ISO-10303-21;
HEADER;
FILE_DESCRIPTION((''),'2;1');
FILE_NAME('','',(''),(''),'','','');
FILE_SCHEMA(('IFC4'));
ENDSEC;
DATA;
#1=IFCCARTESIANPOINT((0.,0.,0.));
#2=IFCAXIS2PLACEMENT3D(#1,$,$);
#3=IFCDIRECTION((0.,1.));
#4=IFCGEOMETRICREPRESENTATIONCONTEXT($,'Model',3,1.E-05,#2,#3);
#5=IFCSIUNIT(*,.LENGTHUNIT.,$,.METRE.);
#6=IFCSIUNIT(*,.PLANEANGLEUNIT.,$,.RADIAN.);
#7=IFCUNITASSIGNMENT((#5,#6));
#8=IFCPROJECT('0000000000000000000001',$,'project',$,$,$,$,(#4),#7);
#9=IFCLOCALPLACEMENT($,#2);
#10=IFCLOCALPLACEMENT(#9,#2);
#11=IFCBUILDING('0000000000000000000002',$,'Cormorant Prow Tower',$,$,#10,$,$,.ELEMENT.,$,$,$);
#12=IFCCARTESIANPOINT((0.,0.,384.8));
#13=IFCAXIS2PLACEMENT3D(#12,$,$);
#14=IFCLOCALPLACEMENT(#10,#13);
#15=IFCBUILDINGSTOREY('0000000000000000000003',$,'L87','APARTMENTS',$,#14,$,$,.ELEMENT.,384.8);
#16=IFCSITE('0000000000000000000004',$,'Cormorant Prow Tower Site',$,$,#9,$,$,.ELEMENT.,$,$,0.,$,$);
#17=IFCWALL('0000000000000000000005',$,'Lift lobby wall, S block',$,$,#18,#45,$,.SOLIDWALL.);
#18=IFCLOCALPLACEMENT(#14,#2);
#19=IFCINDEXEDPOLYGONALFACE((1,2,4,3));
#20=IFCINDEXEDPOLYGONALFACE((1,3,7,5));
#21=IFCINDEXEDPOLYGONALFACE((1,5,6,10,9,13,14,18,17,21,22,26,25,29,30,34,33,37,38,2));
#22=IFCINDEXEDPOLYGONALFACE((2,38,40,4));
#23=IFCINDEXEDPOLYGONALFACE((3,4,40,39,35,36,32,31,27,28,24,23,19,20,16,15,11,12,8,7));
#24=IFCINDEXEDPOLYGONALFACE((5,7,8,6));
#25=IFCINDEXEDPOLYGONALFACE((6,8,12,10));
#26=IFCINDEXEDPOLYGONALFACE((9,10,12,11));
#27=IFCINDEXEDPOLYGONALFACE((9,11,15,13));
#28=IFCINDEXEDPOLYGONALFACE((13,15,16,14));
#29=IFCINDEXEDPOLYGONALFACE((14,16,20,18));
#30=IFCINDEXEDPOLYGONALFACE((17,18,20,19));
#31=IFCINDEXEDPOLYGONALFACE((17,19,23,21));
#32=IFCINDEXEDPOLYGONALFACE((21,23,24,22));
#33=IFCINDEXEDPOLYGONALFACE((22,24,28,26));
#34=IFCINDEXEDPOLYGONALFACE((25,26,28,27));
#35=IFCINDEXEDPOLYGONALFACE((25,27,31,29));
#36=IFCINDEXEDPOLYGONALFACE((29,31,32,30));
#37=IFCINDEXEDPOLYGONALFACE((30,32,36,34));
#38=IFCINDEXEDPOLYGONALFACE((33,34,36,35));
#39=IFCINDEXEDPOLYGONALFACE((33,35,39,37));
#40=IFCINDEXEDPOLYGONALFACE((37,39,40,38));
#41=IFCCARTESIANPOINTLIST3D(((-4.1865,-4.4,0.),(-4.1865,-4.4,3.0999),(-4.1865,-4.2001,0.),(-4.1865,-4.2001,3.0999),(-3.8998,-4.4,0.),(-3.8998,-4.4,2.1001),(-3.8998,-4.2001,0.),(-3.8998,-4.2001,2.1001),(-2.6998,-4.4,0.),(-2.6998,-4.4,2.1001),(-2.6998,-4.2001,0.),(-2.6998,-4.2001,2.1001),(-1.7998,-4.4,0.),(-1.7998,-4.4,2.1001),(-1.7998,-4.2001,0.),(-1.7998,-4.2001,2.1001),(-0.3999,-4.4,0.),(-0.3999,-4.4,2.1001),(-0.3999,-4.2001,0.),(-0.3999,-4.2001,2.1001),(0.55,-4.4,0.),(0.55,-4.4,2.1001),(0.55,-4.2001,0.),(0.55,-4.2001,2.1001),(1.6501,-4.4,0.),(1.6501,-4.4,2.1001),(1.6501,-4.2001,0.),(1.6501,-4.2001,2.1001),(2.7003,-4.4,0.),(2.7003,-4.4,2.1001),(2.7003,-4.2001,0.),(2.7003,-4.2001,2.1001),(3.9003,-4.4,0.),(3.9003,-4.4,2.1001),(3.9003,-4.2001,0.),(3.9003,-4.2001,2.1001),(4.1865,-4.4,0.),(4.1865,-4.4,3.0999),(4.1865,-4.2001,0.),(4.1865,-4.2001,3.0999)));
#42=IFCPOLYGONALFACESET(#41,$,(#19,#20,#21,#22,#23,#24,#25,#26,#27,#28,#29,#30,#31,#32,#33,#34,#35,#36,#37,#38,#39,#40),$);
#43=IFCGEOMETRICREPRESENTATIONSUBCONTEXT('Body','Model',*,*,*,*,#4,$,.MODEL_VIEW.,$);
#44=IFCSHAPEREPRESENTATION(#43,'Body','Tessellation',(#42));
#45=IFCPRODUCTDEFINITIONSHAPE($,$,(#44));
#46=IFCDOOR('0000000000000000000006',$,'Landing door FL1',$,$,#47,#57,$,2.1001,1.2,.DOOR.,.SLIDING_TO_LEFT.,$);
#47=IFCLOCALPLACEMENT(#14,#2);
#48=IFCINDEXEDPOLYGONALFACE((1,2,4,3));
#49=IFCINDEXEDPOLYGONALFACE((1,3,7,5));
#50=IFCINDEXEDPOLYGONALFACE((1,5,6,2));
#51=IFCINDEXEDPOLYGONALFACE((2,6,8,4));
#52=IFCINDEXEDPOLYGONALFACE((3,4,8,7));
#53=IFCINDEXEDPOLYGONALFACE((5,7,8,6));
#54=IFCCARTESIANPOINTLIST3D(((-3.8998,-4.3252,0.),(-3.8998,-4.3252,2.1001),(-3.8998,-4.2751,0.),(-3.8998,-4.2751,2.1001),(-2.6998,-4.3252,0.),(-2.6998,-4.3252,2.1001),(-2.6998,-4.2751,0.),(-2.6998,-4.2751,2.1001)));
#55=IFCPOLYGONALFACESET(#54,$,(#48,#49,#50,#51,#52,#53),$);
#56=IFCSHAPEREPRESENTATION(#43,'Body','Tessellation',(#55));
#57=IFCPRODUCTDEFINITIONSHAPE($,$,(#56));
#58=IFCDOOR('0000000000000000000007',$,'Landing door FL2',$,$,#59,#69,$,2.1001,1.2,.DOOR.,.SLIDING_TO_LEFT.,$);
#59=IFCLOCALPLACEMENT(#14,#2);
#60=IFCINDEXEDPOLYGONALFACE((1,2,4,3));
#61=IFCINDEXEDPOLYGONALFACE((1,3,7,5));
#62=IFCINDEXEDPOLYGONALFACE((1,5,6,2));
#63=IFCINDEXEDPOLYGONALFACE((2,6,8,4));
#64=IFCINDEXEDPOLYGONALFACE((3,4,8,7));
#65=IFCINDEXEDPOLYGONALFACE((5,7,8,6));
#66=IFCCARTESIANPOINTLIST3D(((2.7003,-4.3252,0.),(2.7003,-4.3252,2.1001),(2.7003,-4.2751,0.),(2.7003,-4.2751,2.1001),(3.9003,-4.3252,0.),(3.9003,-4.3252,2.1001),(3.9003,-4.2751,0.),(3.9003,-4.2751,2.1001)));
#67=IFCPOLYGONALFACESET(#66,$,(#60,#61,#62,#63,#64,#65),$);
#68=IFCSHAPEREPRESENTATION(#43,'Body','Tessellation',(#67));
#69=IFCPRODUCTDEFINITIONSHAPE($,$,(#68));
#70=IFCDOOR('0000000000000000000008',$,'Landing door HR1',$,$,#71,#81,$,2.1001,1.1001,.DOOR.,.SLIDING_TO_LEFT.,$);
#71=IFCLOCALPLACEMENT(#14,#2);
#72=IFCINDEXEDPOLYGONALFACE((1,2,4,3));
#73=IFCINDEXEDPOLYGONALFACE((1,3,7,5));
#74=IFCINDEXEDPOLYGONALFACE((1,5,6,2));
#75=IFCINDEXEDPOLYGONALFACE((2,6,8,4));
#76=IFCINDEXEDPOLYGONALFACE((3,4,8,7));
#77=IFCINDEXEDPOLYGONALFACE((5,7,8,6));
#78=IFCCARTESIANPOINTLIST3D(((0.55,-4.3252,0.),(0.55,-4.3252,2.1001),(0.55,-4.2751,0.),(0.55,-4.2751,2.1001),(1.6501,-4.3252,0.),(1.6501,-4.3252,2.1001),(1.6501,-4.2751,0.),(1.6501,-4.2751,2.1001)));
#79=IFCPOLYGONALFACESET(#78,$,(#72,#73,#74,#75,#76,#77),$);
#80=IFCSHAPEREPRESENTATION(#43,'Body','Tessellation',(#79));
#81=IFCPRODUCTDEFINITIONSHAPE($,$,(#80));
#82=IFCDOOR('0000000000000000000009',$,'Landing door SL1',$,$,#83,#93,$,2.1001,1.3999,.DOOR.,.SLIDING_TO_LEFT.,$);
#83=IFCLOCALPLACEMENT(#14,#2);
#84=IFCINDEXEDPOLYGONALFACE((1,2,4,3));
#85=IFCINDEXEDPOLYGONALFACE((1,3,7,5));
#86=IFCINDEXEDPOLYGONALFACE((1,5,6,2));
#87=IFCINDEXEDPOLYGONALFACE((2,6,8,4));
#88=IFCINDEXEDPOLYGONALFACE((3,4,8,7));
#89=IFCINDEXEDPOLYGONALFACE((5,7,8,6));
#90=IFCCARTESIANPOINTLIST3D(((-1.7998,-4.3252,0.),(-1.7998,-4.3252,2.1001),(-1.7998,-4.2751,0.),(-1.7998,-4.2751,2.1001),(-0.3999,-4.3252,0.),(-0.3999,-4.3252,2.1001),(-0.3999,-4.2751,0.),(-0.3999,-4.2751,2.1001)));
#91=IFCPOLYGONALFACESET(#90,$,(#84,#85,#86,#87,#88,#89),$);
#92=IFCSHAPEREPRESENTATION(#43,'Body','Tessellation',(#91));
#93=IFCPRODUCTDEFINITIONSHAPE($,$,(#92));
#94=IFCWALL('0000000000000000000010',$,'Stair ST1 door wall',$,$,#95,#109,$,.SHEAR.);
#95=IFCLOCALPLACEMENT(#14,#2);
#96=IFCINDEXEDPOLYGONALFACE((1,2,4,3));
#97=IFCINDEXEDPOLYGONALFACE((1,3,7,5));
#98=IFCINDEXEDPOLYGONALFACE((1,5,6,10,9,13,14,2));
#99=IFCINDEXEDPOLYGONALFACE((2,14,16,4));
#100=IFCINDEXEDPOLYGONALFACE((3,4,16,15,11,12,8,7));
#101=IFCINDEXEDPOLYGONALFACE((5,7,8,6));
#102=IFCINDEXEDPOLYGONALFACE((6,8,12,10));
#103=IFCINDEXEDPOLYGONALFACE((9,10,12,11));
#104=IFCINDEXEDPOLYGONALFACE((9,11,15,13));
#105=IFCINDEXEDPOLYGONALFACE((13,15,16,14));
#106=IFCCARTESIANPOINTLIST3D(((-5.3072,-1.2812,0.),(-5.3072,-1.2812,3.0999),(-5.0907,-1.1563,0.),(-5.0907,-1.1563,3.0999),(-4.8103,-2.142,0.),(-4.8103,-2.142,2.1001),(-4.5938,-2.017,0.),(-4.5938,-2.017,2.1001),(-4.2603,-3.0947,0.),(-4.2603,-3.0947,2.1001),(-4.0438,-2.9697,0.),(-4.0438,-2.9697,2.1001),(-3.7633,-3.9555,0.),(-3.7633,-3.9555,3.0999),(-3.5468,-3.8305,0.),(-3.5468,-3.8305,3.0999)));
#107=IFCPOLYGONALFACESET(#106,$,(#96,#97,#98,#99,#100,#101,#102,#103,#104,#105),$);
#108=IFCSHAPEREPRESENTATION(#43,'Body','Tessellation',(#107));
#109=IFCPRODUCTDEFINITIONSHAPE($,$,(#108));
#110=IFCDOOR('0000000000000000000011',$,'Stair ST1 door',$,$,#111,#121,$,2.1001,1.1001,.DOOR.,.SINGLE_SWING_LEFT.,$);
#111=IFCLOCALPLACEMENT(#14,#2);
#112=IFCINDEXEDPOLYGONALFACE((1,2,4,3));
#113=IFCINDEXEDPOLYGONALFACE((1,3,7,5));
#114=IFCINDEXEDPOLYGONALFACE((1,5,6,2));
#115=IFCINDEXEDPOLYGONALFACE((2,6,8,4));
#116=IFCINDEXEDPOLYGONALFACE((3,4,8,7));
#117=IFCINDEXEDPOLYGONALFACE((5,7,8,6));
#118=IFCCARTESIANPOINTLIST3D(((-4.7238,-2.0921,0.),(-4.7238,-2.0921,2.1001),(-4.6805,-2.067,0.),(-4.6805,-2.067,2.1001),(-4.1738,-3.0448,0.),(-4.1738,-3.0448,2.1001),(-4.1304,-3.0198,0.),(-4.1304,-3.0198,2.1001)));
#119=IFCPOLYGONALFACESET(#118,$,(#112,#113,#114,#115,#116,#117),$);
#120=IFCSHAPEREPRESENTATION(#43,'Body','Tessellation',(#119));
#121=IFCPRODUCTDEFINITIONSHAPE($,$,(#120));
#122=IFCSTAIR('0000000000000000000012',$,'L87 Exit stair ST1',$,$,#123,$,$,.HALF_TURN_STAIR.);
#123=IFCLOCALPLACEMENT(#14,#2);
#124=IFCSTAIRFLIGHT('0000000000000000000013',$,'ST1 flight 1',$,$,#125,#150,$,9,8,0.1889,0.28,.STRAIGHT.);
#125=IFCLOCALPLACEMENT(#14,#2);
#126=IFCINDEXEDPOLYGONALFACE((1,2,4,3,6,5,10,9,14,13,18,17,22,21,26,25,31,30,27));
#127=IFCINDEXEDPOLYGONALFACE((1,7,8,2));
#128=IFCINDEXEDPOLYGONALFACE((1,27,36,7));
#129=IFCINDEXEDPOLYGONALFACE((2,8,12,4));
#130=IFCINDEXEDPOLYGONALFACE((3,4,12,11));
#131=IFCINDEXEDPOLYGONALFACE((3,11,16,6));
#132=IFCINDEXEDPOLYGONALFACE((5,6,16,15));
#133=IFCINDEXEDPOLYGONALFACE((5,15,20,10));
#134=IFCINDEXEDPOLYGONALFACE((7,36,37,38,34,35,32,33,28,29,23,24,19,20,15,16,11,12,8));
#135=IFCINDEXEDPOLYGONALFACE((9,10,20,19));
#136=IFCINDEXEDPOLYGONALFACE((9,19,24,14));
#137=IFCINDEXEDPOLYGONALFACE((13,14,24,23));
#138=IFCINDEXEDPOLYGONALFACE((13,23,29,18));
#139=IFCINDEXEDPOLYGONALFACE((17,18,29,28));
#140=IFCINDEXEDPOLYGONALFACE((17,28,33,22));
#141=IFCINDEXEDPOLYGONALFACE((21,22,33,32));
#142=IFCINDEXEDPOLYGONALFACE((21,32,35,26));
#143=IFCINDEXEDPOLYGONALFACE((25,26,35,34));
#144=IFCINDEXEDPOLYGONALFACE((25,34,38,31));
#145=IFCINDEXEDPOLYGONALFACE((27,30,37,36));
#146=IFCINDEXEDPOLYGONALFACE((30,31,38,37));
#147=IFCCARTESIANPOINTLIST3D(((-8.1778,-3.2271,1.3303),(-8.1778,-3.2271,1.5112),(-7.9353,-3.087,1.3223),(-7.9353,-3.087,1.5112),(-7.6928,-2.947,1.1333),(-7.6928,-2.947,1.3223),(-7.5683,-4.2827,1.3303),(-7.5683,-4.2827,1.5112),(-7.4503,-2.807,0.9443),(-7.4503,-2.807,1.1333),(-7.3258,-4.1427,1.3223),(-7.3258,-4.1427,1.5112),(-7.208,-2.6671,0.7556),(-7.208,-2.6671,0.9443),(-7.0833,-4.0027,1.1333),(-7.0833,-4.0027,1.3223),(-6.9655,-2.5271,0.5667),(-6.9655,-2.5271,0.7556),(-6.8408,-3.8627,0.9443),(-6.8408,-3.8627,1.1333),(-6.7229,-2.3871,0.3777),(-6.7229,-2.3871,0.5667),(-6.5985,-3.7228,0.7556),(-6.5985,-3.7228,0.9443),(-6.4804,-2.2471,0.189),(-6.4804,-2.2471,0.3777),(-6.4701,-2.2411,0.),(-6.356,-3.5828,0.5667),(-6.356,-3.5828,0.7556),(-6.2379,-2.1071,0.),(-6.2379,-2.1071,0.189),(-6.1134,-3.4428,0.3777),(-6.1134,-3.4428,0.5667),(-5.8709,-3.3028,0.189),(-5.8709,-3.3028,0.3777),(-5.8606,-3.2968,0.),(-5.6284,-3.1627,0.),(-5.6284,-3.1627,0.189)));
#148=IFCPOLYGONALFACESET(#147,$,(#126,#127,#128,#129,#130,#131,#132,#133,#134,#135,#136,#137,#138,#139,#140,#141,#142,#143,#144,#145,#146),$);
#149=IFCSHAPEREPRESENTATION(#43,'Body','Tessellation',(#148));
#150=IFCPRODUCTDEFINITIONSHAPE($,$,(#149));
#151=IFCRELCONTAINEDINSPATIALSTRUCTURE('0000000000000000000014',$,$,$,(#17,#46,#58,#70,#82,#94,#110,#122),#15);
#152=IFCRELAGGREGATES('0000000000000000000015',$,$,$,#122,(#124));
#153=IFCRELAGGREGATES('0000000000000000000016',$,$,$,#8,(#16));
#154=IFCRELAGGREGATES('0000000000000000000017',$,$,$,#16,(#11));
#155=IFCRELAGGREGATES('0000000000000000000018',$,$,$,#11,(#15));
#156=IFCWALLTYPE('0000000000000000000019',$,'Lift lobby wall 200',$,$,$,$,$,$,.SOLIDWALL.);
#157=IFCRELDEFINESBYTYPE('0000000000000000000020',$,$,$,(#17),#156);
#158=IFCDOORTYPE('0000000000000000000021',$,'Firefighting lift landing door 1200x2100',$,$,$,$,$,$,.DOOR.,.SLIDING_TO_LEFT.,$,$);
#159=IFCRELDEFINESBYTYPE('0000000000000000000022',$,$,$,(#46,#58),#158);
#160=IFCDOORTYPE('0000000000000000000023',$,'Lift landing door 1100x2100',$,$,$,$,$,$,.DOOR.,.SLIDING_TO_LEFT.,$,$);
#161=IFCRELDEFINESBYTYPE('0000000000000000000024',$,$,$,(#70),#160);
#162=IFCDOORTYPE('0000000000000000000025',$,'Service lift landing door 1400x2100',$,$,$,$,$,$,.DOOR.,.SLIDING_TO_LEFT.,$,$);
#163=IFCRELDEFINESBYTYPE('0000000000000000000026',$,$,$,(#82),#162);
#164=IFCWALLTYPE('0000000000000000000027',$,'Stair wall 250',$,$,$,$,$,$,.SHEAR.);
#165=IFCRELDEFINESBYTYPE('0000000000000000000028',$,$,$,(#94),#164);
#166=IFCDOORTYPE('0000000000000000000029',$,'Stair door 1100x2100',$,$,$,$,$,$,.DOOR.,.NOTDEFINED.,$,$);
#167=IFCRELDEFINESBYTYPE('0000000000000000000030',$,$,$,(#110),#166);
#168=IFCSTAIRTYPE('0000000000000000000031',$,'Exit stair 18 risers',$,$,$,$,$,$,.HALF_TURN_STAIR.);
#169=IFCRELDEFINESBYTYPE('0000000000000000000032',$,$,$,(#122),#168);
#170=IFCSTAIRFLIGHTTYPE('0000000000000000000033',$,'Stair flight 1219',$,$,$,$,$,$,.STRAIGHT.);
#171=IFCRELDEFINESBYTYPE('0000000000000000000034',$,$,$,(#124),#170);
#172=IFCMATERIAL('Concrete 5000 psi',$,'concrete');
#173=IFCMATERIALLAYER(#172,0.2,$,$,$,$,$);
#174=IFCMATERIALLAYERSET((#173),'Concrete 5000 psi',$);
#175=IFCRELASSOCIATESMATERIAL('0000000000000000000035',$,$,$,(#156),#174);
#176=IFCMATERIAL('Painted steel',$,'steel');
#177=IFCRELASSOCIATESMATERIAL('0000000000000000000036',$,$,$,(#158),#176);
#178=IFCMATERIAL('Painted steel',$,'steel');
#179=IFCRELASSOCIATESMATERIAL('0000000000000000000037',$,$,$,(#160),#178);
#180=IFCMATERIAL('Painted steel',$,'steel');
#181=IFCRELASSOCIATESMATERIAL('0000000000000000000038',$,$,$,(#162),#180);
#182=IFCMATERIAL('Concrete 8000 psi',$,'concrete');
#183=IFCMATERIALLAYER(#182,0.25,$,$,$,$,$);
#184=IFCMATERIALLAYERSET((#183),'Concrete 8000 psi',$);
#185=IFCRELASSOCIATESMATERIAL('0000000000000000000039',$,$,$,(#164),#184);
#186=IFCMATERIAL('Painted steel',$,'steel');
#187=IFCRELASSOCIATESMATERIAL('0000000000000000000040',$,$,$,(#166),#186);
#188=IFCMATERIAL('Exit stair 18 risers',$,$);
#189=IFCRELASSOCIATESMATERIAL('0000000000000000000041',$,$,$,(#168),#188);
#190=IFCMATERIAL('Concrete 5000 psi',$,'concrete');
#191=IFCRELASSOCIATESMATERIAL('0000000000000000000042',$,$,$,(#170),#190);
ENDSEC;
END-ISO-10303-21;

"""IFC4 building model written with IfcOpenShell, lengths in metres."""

from ifc_helpers import new_model, si_unit, direction, frame, frame_2d, origin, place, context, subcontext, project, spatial, polyline, rectangle, outline, extrude, material, layer, layer_set, type_object, element, fill, aggregate, save


model = new_model("IFC4")

# Units and contexts
model_context = context("Model", 3, precision=1e-05, world=origin(), true_north=direction((0.0, 1.0)))
body_context = subcontext(model_context, "Body", "Model", "MODEL_VIEW")
ifc_project = project(units=[si_unit("LENGTHUNIT", "METRE"), si_unit("PLANEANGLEUNIT", "RADIAN")], contexts=[model_context])

# Site, building, storey
site_placement = place(None, origin())
site = spatial("IfcSite", under=ifc_project, at=site_placement, Name="Cormorant Prow Tower Site", CompositionType="ELEMENT", RefElevation=0.0)
building_placement = place(site_placement, origin())
building = spatial("IfcBuilding", under=site, at=building_placement, Name="Cormorant Prow Tower", CompositionType="ELEMENT")
storey_placement = place(building_placement, frame((0.0, 0.0, 384.8)))
storey = spatial("IfcBuildingStorey", under=building, at=storey_placement, Name="L87", Description="APARTMENTS", CompositionType="ELEMENT", Elevation=384.8)

# Wall, openings, doors
ifc_material_1 = material(Name="Concrete 5000 psi", Category="concrete")
ifc_layer_1 = layer(ifc_material_1, 0.2)
ifc_layer_set_1 = layer_set([ifc_layer_1], Name="Concrete 5000 psi")
wall_type_1 = type_object("IfcWallType", Name="Lift lobby wall 200", PredefinedType="SOLIDWALL", material=ifc_layer_set_1)
wall_1_placement = place(storey_placement, frame((-4.1865, -4.3, 0.0), z_axis=(0.0, 0.0, 1.0), x_axis=(1.0, 0.0, 0.0)))
wall_1 = element("IfcWall", 1, at=wall_1_placement, inside=storey, type_object=wall_type_1, Name="Lift lobby wall, S block", PredefinedType="SOLIDWALL", context=body_context, shape_type="SweptSolid", body=[
    extrude(rectangle(XDim=8.373, YDim=0.2, at=frame_2d((4.1865, 0.0))), origin(), (0.0, 0.0, 1.0), 3.0999),
])
opening_1_placement = place(wall_1_placement, frame((0.2866, 0.0, 0.0)))
opening_1 = element("IfcOpeningElement", 2, at=opening_1_placement, cuts=wall_1, PredefinedType="OPENING", context=body_context, shape_type="SweptSolid", body=[
    extrude(rectangle(XDim=1.2, YDim=2.1001, at=frame_2d((0.6001, 1.05))), frame((0.0, 0.1099, 0.0), z_axis=(0.0, -1.0, 0.0), x_axis=(1.0, 0.0, 0.0)), (0.0, 0.0, 1.0), 0.22),
])
opening_2_placement = place(wall_1_placement, frame((2.3867, 0.0, 0.0)))
opening_2 = element("IfcOpeningElement", 3, at=opening_2_placement, cuts=wall_1, PredefinedType="OPENING", context=body_context, shape_type="SweptSolid", body=[
    extrude(rectangle(XDim=1.3999, YDim=2.1001, at=frame_2d((0.7, 1.05))), frame((0.0, 0.1099, 0.0), z_axis=(0.0, -1.0, 0.0), x_axis=(1.0, 0.0, 0.0)), (0.0, 0.0, 1.0), 0.22),
])
opening_3_placement = place(wall_1_placement, frame((4.7366, 0.0, 0.0)))
opening_3 = element("IfcOpeningElement", 4, at=opening_3_placement, cuts=wall_1, PredefinedType="OPENING", context=body_context, shape_type="SweptSolid", body=[
    extrude(rectangle(XDim=1.1001, YDim=2.1001, at=frame_2d((0.55, 1.05))), frame((0.0, 0.1099, 0.0), z_axis=(0.0, -1.0, 0.0), x_axis=(1.0, 0.0, 0.0)), (0.0, 0.0, 1.0), 0.22),
])
opening_4_placement = place(wall_1_placement, frame((6.8867, 0.0, 0.0)))
opening_4 = element("IfcOpeningElement", 5, at=opening_4_placement, cuts=wall_1, PredefinedType="OPENING", context=body_context, shape_type="SweptSolid", body=[
    extrude(rectangle(XDim=1.2, YDim=2.1001, at=frame_2d((0.6001, 1.05))), frame((0.0, 0.1099, 0.0), z_axis=(0.0, -1.0, 0.0), x_axis=(1.0, 0.0, 0.0)), (0.0, 0.0, 1.0), 0.22),
])
ifc_material_2 = material(Name="Painted steel", Category="steel")
door_type_1 = type_object("IfcDoorType", Name="Firefighting lift landing door 1200x2100", OperationType="SLIDING_TO_LEFT", PredefinedType="DOOR", material=ifc_material_2)
door_1_placement = place(opening_1_placement, origin())
door_1 = element("IfcDoor", 6, at=door_1_placement, inside=storey, type_object=door_type_1, Name="Landing door FL1", OperationType="SLIDING_TO_LEFT", OverallHeight=2.1001, OverallWidth=1.2, PredefinedType="DOOR", context=body_context, shape_type="SweptSolid", body=[
    extrude(rectangle(XDim=1.2, YDim=2.1001, at=frame_2d((0.6001, 1.05))), frame((0.0, 0.0249, 0.0), z_axis=(0.0, -1.0, 0.0), x_axis=(1.0, 0.0, 0.0)), (0.0, 0.0, 1.0), 0.05),
])
fill(opening_1, door_1)
door_2_placement = place(opening_4_placement, origin())
door_2 = element("IfcDoor", 7, at=door_2_placement, inside=storey, type_object=door_type_1, Name="Landing door FL2", OperationType="SLIDING_TO_LEFT", OverallHeight=2.1001, OverallWidth=1.2, PredefinedType="DOOR", context=body_context, shape_type="SweptSolid", body=[
    extrude(rectangle(XDim=1.2, YDim=2.1001, at=frame_2d((0.6001, 1.05))), frame((0.0, 0.0249, 0.0), z_axis=(0.0, -1.0, 0.0), x_axis=(1.0, 0.0, 0.0)), (0.0, 0.0, 1.0), 0.05),
])
fill(opening_4, door_2)
ifc_material_3 = material(Name="Painted steel", Category="steel")
door_type_2 = type_object("IfcDoorType", Name="Lift landing door 1100x2100", OperationType="SLIDING_TO_LEFT", PredefinedType="DOOR", material=ifc_material_3)
door_3_placement = place(opening_3_placement, origin())
door_3 = element("IfcDoor", 8, at=door_3_placement, inside=storey, type_object=door_type_2, Name="Landing door HR1", OperationType="SLIDING_TO_LEFT", OverallHeight=2.1001, OverallWidth=1.1001, PredefinedType="DOOR", context=body_context, shape_type="SweptSolid", body=[
    extrude(rectangle(XDim=1.1001, YDim=2.1001, at=frame_2d((0.55, 1.05))), frame((0.0, 0.0249, 0.0), z_axis=(0.0, -1.0, 0.0), x_axis=(1.0, 0.0, 0.0)), (0.0, 0.0, 1.0), 0.05),
])
fill(opening_3, door_3)
ifc_material_4 = material(Name="Painted steel", Category="steel")
door_type_3 = type_object("IfcDoorType", Name="Service lift landing door 1400x2100", OperationType="SLIDING_TO_LEFT", PredefinedType="DOOR", material=ifc_material_4)
door_4_placement = place(opening_2_placement, origin())
door_4 = element("IfcDoor", 9, at=door_4_placement, inside=storey, type_object=door_type_3, Name="Landing door SL1", OperationType="SLIDING_TO_LEFT", OverallHeight=2.1001, OverallWidth=1.3999, PredefinedType="DOOR", context=body_context, shape_type="SweptSolid", body=[
    extrude(rectangle(XDim=1.3999, YDim=2.1001, at=frame_2d((0.7, 1.05))), frame((0.0, 0.0249, 0.0), z_axis=(0.0, -1.0, 0.0), x_axis=(1.0, 0.0, 0.0)), (0.0, 0.0, 1.0), 0.05),
])
fill(opening_2, door_4)

# Wall, opening, door
ifc_material_5 = material(Name="Concrete 8000 psi", Category="concrete")
ifc_layer_2 = layer(ifc_material_5, 0.25)
ifc_layer_set_2 = layer_set([ifc_layer_2], Name="Concrete 8000 psi")
wall_type_2 = type_object("IfcWallType", Name="Stair wall 250", PredefinedType="SHEAR", material=ifc_layer_set_2)
wall_2_placement = place(storey_placement, frame((-5.199, -1.2188, 0.0), z_axis=(0.0, 0.0, 1.0), x_axis=(0.499983, -0.866035, 0.0)))
wall_2 = element("IfcWall", 10, at=wall_2_placement, inside=storey, type_object=wall_type_2, Name="Stair ST1 door wall", PredefinedType="SHEAR", context=body_context, shape_type="SweptSolid", body=[
    extrude(rectangle(XDim=3.0879, YDim=0.25, at=frame_2d((1.5439, 0.0))), origin(), (0.0, 0.0, 1.0), 3.0999),
])
opening_5_placement = place(wall_2_placement, frame((0.9939, 0.0, 0.0)))
opening_5 = element("IfcOpeningElement", 11, at=opening_5_placement, cuts=wall_2, PredefinedType="OPENING", context=body_context, shape_type="SweptSolid", body=[
    extrude(rectangle(XDim=1.1001, YDim=2.1001, at=frame_2d((0.55, 1.05))), frame((0.0, 0.135, 0.0), z_axis=(0.0, -1.0, 0.0), x_axis=(1.0, 0.0, 0.0)), (0.0, 0.0, 1.0), 0.27),
])
ifc_material_6 = material(Name="Painted steel", Category="steel")
door_type_4 = type_object("IfcDoorType", Name="Stair door 1100x2100", OperationType="NOTDEFINED", PredefinedType="DOOR", material=ifc_material_6)
door_5_placement = place(opening_5_placement, origin())
door_5 = element("IfcDoor", 12, at=door_5_placement, inside=storey, type_object=door_type_4, Name="Stair ST1 door", OperationType="SINGLE_SWING_LEFT", OverallHeight=2.1001, OverallWidth=1.1001, PredefinedType="DOOR", context=body_context, shape_type="SweptSolid", body=[
    extrude(rectangle(XDim=1.1001, YDim=2.1001, at=frame_2d((0.55, 1.05))), frame((0.0, 0.0249, 0.0), z_axis=(0.0, -1.0, 0.0), x_axis=(1.0, 0.0, 0.0)), (0.0, 0.0, 1.0), 0.05),
])
fill(opening_5, door_5)

# Stair, stair flight
ifc_material_7 = material(Name="Exit stair 18 risers")
stair_type = type_object("IfcStairType", Name="Exit stair 18 risers", PredefinedType="HALF_TURN_STAIR", material=ifc_material_7)
stair_placement = place(storey_placement, origin())
stair = element("IfcStair", 13, at=stair_placement, inside=storey, type_object=stair_type, Name="L87 Exit stair ST1", PredefinedType="HALF_TURN_STAIR")
ifc_material_8 = material(Name="Concrete 5000 psi", Category="concrete")
stair_flight_type = type_object("IfcStairFlightType", Name="Stair flight 1219", PredefinedType="STRAIGHT", material=ifc_material_8)
stair_flight_1_placement = place(storey_placement, frame((-5.9331, -2.635, 0.0), z_axis=(0.0, 0.0, 1.0), x_axis=(-0.866025, -0.5, 0.0)))
stair_flight_1 = element("IfcStairFlight", 14, at=stair_flight_1_placement, type_object=stair_flight_type, Name="ST1 flight 1", NumberOfRisers=9, NumberOfTreads=8, PredefinedType="STRAIGHT", RiserHeight=0.1889, TreadLength=0.28, context=body_context, shape_type="SweptSolid", body=[
    extrude(outline(polyline([(0.0, 0.0), (0.0, 0.189), (0.28, 0.189), (0.28, 0.3777), (0.5601, 0.3777), (0.5601, 0.5667), (0.8401, 0.5667), (0.8401, 0.7556), (1.1201, 0.7556), (1.1201, 0.9443), (1.3999, 0.9443), (1.3999, 1.1333), (1.6799, 1.1333), (1.6799, 1.3223), (1.96, 1.3223), (1.96, 1.5112), (2.24, 1.5112), (2.24, 1.7), (2.24, 1.3303), (0.2681, 0.0), (0.0, 0.0)])), frame((0.0, 0.6094, 0.0), z_axis=(0.0, -1.0, 0.0), x_axis=(1.0, 0.0, 0.0)), (0.0, 0.0, 1.0), 1.219),
])
aggregate(stair, [stair_flight_1])

save(model, "model.ifc")
